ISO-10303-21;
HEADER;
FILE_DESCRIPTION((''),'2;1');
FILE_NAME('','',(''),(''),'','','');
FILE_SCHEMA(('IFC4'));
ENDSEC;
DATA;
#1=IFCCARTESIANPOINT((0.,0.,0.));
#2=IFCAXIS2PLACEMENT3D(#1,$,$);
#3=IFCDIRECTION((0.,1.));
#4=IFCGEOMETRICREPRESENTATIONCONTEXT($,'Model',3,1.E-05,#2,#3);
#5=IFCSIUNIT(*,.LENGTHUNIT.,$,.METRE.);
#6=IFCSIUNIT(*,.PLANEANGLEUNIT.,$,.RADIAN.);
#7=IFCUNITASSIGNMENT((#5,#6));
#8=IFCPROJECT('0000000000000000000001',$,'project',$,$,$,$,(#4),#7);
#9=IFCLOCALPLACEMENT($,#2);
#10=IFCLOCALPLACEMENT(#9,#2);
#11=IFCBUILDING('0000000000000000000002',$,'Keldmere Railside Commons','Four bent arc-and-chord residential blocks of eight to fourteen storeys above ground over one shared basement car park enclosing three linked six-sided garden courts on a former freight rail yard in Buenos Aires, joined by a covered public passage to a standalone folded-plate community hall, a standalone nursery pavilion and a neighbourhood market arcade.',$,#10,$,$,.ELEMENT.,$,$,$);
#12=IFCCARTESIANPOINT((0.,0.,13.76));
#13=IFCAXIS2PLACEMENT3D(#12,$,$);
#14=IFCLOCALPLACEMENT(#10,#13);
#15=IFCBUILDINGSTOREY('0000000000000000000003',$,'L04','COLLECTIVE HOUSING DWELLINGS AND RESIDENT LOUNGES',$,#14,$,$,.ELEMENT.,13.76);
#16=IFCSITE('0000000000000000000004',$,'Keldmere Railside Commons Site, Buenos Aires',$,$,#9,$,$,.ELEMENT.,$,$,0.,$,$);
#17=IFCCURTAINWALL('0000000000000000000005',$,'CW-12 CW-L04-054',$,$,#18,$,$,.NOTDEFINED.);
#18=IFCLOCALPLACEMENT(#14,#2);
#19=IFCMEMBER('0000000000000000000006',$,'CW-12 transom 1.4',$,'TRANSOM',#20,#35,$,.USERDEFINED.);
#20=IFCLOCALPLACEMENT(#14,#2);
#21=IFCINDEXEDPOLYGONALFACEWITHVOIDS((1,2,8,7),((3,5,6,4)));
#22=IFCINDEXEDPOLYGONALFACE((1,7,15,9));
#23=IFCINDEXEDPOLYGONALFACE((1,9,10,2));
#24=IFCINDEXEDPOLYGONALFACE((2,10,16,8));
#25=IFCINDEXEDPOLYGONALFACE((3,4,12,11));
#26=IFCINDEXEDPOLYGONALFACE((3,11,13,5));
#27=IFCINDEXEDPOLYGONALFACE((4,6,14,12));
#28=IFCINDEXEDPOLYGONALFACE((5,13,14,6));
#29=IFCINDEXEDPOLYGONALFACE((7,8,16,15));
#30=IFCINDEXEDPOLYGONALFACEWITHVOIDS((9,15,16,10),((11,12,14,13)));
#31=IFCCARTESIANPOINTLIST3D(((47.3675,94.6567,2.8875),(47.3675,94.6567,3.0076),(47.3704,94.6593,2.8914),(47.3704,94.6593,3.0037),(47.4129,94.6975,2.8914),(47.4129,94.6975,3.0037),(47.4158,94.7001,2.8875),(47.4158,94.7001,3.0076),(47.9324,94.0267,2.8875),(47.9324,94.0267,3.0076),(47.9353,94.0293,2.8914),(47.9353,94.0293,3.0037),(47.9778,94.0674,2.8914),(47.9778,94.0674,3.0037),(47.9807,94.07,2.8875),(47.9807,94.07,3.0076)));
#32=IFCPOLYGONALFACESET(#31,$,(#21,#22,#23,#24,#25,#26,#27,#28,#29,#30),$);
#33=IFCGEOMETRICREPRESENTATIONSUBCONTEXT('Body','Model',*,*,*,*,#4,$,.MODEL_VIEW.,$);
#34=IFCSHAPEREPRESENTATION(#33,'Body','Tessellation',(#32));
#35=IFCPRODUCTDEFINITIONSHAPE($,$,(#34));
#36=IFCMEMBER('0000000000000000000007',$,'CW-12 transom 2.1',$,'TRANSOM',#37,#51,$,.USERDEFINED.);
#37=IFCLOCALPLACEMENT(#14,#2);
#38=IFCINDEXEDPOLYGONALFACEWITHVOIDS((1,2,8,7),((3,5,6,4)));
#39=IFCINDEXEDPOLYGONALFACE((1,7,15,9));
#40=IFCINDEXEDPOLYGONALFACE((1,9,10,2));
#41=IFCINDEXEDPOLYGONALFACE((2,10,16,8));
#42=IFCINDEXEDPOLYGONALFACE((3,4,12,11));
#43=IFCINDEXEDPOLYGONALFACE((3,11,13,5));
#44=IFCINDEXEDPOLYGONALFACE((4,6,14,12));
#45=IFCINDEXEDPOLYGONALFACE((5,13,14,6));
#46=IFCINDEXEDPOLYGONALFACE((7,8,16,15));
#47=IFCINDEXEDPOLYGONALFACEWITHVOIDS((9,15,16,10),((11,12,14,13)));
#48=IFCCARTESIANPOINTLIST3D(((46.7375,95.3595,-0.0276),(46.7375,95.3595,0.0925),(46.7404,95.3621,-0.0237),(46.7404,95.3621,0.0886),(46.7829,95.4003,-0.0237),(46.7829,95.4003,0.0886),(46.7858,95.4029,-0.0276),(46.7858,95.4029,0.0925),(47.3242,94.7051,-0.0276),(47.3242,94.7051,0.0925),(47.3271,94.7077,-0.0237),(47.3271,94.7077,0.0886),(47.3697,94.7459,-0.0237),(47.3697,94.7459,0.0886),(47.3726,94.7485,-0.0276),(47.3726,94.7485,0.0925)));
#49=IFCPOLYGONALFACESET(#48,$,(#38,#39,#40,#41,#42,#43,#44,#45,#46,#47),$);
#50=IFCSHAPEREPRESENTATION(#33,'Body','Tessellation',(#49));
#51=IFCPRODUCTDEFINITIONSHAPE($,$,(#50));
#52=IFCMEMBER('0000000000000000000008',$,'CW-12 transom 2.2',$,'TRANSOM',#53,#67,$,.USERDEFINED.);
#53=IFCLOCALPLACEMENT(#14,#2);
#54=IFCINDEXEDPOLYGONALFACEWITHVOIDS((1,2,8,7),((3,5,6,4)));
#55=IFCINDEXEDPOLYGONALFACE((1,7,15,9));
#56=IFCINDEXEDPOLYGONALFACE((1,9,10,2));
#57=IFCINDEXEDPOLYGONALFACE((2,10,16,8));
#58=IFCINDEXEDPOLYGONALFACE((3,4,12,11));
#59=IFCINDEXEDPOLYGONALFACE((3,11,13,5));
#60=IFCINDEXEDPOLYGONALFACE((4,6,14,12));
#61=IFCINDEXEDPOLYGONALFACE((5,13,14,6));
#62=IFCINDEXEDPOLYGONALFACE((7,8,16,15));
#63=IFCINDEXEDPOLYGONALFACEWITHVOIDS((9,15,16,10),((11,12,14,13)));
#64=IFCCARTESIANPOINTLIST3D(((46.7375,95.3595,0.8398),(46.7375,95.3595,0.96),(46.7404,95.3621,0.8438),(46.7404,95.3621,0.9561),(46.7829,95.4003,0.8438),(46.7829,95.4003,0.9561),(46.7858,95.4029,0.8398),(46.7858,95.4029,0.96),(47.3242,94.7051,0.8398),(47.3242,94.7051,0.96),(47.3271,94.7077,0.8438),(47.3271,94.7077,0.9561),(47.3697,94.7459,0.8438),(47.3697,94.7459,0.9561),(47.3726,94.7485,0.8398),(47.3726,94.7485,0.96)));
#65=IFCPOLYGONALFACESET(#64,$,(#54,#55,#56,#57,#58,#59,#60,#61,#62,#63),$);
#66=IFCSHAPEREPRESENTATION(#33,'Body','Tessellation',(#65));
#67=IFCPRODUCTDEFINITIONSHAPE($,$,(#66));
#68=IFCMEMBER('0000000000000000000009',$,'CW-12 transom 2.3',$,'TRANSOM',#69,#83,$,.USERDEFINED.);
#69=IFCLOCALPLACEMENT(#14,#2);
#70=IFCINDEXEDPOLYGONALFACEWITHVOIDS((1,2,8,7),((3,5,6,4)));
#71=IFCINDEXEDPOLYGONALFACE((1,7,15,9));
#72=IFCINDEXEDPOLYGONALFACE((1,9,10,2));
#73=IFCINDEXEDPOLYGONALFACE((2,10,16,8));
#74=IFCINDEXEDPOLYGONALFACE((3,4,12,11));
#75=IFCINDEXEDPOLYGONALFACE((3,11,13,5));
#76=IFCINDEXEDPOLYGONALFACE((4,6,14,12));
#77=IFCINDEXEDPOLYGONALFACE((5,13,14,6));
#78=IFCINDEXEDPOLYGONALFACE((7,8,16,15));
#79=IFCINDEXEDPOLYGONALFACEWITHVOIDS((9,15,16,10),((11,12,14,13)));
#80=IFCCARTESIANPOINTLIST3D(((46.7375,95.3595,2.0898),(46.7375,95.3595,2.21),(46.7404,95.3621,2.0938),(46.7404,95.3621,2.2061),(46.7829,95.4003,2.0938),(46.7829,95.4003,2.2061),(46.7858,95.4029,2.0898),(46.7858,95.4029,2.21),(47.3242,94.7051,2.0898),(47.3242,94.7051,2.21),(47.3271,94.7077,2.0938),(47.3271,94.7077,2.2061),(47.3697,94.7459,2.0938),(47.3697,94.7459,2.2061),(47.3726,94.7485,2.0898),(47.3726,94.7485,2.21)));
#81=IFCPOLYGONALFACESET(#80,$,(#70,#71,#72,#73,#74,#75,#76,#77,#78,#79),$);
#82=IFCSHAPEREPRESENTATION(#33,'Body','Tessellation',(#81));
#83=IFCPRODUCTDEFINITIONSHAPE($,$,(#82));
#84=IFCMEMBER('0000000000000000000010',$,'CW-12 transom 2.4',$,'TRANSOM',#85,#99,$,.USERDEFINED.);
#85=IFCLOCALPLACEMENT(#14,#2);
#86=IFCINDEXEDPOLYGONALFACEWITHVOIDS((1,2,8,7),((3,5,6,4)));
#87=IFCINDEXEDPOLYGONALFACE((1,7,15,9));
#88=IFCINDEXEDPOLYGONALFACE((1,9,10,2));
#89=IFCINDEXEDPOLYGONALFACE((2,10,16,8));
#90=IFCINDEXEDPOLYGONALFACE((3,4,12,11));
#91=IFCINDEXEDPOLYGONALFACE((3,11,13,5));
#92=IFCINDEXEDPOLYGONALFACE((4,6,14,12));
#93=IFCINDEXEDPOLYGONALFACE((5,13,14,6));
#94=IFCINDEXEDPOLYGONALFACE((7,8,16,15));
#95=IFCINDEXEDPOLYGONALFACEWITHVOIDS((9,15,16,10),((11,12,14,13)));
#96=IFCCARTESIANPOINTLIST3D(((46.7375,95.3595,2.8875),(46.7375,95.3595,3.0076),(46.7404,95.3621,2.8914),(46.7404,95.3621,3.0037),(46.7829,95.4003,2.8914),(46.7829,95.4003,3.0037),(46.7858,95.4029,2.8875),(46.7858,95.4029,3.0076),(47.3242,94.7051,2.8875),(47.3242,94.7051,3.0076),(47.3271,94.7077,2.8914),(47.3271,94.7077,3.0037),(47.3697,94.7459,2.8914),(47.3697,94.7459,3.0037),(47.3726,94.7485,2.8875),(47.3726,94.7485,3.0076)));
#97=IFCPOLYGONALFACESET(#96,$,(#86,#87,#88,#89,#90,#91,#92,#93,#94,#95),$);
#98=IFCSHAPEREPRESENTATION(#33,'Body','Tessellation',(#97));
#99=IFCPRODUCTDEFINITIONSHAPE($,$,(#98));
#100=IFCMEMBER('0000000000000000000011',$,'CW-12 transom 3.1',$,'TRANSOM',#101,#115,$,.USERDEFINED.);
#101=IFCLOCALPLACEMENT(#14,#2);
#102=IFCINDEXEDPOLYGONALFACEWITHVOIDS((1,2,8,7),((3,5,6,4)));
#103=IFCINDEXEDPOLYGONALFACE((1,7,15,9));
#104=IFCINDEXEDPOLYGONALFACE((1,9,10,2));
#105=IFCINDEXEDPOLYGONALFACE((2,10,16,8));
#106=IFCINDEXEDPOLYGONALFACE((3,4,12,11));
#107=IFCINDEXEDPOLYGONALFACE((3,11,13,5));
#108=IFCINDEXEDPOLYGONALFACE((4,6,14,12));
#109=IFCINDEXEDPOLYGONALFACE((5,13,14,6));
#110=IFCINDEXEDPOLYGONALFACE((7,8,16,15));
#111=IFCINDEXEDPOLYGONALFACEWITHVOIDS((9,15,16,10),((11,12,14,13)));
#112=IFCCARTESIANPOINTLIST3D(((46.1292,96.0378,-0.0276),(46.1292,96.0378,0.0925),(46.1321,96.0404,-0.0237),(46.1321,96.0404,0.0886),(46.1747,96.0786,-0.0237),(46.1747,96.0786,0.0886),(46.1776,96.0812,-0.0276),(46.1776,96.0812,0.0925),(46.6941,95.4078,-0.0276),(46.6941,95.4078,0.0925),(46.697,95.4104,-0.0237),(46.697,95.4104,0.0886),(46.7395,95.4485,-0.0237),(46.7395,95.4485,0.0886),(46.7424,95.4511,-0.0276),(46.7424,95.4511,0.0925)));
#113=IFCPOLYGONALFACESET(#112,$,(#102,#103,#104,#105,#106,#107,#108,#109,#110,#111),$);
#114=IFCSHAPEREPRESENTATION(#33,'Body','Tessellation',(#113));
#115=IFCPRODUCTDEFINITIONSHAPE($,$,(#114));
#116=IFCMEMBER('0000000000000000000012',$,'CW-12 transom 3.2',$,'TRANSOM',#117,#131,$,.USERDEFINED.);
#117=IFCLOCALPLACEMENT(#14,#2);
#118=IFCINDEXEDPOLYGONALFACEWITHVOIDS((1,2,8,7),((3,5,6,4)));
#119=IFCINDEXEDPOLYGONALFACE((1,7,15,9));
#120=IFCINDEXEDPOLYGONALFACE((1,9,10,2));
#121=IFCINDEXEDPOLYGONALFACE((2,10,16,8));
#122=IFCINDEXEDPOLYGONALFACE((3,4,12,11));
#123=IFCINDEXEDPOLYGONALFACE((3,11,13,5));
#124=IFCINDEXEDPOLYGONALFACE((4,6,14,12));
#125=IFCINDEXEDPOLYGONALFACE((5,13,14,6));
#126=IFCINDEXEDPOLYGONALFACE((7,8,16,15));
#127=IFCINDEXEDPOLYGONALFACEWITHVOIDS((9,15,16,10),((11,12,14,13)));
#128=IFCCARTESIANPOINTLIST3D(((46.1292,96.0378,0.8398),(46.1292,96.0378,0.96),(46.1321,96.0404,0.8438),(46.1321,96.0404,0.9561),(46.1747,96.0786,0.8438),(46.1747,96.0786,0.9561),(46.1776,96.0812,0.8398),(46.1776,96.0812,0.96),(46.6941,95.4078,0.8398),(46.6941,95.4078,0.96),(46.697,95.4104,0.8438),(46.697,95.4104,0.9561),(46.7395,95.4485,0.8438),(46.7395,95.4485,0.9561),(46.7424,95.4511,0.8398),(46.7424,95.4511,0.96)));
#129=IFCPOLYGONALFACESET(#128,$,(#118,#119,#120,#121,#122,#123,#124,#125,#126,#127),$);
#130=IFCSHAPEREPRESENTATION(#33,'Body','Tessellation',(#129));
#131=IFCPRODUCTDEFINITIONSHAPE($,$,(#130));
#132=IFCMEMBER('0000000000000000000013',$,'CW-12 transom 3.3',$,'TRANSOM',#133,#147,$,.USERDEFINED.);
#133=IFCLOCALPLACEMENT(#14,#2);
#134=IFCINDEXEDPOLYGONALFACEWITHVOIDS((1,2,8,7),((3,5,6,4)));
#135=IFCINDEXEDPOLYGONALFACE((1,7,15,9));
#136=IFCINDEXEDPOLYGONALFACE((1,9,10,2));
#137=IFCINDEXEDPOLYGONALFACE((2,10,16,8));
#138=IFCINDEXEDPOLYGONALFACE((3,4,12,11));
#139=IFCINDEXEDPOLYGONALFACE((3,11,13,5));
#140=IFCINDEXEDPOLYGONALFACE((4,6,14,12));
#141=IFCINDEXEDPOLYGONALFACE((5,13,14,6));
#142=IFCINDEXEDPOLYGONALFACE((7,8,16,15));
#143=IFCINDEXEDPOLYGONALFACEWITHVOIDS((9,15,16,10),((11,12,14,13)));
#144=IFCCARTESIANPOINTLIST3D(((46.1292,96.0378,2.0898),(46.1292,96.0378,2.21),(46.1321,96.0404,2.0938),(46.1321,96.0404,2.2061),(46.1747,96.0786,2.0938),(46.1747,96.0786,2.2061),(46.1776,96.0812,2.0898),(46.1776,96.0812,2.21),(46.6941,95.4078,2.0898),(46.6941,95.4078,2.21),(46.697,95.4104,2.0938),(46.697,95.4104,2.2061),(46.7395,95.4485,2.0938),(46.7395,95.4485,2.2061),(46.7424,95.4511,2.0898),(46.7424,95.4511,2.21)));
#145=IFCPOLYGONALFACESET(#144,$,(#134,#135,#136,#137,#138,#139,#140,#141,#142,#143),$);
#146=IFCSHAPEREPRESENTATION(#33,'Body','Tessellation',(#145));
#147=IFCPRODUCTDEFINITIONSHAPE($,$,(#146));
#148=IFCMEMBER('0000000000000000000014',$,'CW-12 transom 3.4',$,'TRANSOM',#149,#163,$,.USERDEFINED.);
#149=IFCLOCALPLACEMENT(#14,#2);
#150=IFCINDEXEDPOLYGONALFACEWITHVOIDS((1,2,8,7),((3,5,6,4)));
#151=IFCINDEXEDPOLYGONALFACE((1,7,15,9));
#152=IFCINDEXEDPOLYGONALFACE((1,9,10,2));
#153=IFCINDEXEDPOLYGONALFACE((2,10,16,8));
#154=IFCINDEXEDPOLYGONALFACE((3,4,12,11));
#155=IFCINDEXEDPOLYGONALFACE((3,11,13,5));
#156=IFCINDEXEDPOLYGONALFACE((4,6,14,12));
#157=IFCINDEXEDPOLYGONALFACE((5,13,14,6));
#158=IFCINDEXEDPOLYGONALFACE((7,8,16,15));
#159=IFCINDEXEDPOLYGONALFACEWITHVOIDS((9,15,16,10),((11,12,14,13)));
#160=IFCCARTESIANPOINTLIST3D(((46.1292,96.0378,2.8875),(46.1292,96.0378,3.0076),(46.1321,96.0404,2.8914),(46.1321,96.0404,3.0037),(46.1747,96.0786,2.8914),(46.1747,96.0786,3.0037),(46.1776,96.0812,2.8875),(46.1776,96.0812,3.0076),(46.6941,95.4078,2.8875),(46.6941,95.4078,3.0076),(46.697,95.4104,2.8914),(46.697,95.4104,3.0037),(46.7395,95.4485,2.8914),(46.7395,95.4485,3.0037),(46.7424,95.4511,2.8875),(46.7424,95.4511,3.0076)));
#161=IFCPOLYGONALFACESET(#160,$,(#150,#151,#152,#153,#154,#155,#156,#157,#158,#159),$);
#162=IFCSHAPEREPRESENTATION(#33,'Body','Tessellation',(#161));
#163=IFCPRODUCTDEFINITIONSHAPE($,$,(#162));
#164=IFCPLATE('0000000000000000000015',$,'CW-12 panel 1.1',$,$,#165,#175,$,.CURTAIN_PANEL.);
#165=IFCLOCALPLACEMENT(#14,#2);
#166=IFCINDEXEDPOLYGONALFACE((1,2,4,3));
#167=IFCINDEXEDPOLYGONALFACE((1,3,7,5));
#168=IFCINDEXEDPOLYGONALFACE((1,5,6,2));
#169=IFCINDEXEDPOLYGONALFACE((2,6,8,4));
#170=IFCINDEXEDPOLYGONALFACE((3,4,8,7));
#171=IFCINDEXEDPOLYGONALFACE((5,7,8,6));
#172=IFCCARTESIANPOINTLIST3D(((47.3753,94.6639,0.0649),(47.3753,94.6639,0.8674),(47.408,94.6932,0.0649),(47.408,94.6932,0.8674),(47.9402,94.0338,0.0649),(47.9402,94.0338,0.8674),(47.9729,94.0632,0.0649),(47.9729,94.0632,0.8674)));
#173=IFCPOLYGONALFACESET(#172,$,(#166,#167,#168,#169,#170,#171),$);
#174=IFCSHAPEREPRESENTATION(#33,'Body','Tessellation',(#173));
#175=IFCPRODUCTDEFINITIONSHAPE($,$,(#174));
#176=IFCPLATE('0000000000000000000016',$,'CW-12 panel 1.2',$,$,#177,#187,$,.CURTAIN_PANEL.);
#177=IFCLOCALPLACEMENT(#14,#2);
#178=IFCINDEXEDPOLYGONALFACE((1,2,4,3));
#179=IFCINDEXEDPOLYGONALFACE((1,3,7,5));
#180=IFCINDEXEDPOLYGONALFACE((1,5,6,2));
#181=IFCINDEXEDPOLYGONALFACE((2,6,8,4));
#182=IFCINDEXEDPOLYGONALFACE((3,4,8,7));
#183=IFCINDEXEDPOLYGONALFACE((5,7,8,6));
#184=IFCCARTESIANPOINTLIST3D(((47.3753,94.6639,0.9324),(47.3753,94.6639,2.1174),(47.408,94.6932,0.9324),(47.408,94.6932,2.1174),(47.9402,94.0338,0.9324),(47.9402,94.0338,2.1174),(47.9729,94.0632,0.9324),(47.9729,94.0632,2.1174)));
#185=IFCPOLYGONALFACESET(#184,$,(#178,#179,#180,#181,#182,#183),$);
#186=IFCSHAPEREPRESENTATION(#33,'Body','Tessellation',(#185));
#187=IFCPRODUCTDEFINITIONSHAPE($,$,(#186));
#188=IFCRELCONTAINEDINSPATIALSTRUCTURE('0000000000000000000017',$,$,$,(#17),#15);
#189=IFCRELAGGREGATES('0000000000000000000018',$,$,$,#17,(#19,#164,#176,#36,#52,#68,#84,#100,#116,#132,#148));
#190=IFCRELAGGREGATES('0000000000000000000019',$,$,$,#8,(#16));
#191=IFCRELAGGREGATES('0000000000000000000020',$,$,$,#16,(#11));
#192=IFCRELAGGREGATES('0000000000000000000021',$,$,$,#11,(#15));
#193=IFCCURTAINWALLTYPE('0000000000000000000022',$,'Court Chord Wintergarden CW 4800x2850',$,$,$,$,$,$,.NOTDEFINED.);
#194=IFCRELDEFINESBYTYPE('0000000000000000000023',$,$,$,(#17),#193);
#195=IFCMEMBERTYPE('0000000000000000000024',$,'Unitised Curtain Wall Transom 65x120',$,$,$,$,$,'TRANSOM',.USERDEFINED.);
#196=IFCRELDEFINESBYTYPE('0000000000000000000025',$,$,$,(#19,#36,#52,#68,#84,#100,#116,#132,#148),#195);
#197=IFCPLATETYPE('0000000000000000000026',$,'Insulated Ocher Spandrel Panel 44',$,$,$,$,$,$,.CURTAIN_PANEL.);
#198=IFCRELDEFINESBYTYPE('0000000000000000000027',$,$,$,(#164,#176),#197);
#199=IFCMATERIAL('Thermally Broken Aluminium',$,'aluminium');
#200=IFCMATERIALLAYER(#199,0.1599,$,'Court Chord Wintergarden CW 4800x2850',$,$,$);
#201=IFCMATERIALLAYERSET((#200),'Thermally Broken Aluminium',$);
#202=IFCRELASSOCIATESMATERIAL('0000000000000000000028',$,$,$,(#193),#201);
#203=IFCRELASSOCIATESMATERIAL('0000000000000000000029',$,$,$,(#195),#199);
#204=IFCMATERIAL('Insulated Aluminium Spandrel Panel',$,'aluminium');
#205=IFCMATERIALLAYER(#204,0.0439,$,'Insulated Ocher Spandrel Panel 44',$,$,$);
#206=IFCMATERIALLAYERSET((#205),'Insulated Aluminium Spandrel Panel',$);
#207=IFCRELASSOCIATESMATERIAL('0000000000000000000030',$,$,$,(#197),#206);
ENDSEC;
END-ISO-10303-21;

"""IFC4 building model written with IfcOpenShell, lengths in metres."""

from ifc_helpers import new_model, si_unit, direction, frame, origin, origin_2d, place, context, subcontext, project, spatial, rectangle, hollow_rectangle, extrude, material, layer, layer_set, material_profile, profile_set, type_object, element, aggregate, save


model = new_model("IFC4")

# Units and contexts
model_context = context("Model", 3, precision=1e-05, world=origin(), true_north=direction((0.0, 1.0)))
body_context = subcontext(model_context, "Body", "Model", "MODEL_VIEW")
ifc_project = project(units=[si_unit("LENGTHUNIT", "METRE"), si_unit("PLANEANGLEUNIT", "RADIAN")], contexts=[model_context])

# Site, building, storey
site_placement = place(None, origin())
site = spatial("IfcSite", under=ifc_project, at=site_placement, Name="Keldmere Railside Commons Site, Buenos Aires", CompositionType="ELEMENT", RefElevation=0.0)
building_placement = place(site_placement, origin())
building = spatial("IfcBuilding", under=site, at=building_placement, Name="Keldmere Railside Commons", Description="Four bent arc-and-chord residential blocks of eight to fourteen storeys above ground over one shared basement car park enclosing three linked six-sided garden courts on a former freight rail yard in Buenos Aires, joined by a covered public passage to a standalone folded-plate community hall, a standalone nursery pavilion and a neighbourhood market arcade.", CompositionType="ELEMENT")
storey_placement = place(building_placement, frame((0.0, 0.0, 13.76)))
storey = spatial("IfcBuildingStorey", under=building, at=storey_placement, Name="L04", Description="COLLECTIVE HOUSING DWELLINGS AND RESIDENT LOUNGES", CompositionType="ELEMENT", Elevation=13.76)

# Curtain wall, members, plates
ifc_material_1 = material(Name="Thermally Broken Aluminium", Category="aluminium")
ifc_layer_1 = layer(ifc_material_1, 0.1599, Name="Court Chord Wintergarden CW 4800x2850")
ifc_layer_set_1 = layer_set([ifc_layer_1], Name="Thermally Broken Aluminium")
curtain_wall_type = type_object("IfcCurtainWallType", Name="Court Chord Wintergarden CW 4800x2850", PredefinedType="NOTDEFINED", material=ifc_layer_set_1)
curtain_wall_placement = place(storey_placement, origin())
curtain_wall = element("IfcCurtainWall", 1, at=curtain_wall_placement, inside=storey, type_object=curtain_wall_type, Name="CW-12 CW-L04-054", PredefinedType="NOTDEFINED")
ifc_material_profile_1 = material_profile(ifc_material_1, hollow_rectangle(XDim=0.0649, YDim=0.1201, WallThickness=0.0039, at=origin_2d()), Name="ALU-TRAN-65x120")
ifc_profile_set_1 = profile_set([ifc_material_profile_1], Name="Thermally Broken Aluminium")
member_type_1 = type_object("IfcMemberType", Name="Unitised Curtain Wall Transom 65x120", ElementType="TRANSOM", PredefinedType="USERDEFINED", material=ifc_profile_set_1)
member_1_placement = place(storey_placement, frame((47.9565, 94.0483, 2.9475), z_axis=(-0.667545, 0.744569, 0.0), x_axis=(-0.744569, -0.667545, 0.0)))
member_1 = element("IfcMember", 2, at=member_1_placement, type_object=member_type_1, Name="CW-12 transom 1.4", ObjectType="TRANSOM", PredefinedType="USERDEFINED", context=body_context, shape_type="SweptSolid", body=[
    extrude(hollow_rectangle(XDim=0.0649, YDim=0.1201, WallThickness=0.0039, at=origin_2d()), origin(), (0.0, 0.0, 1.0), 0.8462),
])
member_2_placement = place(storey_placement, frame((47.3484, 94.7268, 0.0325), z_axis=(-0.667582, 0.744536, 0.0), x_axis=(-0.744536, -0.667582, 0.0)))
member_2 = element("IfcMember", 3, at=member_2_placement, type_object=member_type_1, Name="CW-12 transom 2.1", ObjectType="TRANSOM", PredefinedType="USERDEFINED", context=body_context, shape_type="SweptSolid", body=[
    extrude(hollow_rectangle(XDim=0.0649, YDim=0.1201, WallThickness=0.0039, at=origin_2d()), origin(), (0.0, 0.0, 1.0), 0.8789),
])
member_3_placement = place(storey_placement, frame((47.3484, 94.7268, 0.8999), z_axis=(-0.667582, 0.744536, 0.0), x_axis=(-0.744536, -0.667582, 0.0)))
member_3 = element("IfcMember", 4, at=member_3_placement, type_object=member_type_1, Name="CW-12 transom 2.2", ObjectType="TRANSOM", PredefinedType="USERDEFINED", context=body_context, shape_type="SweptSolid", body=[
    extrude(hollow_rectangle(XDim=0.0649, YDim=0.1201, WallThickness=0.0039, at=origin_2d()), origin(), (0.0, 0.0, 1.0), 0.8789),
])
member_4_placement = place(storey_placement, frame((47.3484, 94.7268, 2.1499), z_axis=(-0.667582, 0.744536, 0.0), x_axis=(-0.744536, -0.667582, 0.0)))
member_4 = element("IfcMember", 5, at=member_4_placement, type_object=member_type_1, Name="CW-12 transom 2.3", ObjectType="TRANSOM", PredefinedType="USERDEFINED", context=body_context, shape_type="SweptSolid", body=[
    extrude(hollow_rectangle(XDim=0.0649, YDim=0.1201, WallThickness=0.0039, at=origin_2d()), origin(), (0.0, 0.0, 1.0), 0.8789),
])
member_5_placement = place(storey_placement, frame((47.3484, 94.7268, 2.9475), z_axis=(-0.667582, 0.744536, 0.0), x_axis=(-0.744536, -0.667582, 0.0)))
member_5 = element("IfcMember", 6, at=member_5_placement, type_object=member_type_1, Name="CW-12 transom 2.4", ObjectType="TRANSOM", PredefinedType="USERDEFINED", context=body_context, shape_type="SweptSolid", body=[
    extrude(hollow_rectangle(XDim=0.0649, YDim=0.1201, WallThickness=0.0039, at=origin_2d()), origin(), (0.0, 0.0, 1.0), 0.8789),
])
member_6_placement = place(storey_placement, frame((46.7183, 95.4294, 0.0325), z_axis=(-0.667545, 0.744569, 0.0), x_axis=(-0.744569, -0.667545, 0.0)))
member_6 = element("IfcMember", 7, at=member_6_placement, type_object=member_type_1, Name="CW-12 transom 3.1", ObjectType="TRANSOM", PredefinedType="USERDEFINED", context=body_context, shape_type="SweptSolid", body=[
    extrude(hollow_rectangle(XDim=0.0649, YDim=0.1201, WallThickness=0.0039, at=origin_2d()), origin(), (0.0, 0.0, 1.0), 0.8462),
])
member_7_placement = place(storey_placement, frame((46.7183, 95.4294, 0.8999), z_axis=(-0.667545, 0.744569, 0.0), x_axis=(-0.744569, -0.667545, 0.0)))
member_7 = element("IfcMember", 8, at=member_7_placement, type_object=member_type_1, Name="CW-12 transom 3.2", ObjectType="TRANSOM", PredefinedType="USERDEFINED", context=body_context, shape_type="SweptSolid", body=[
    extrude(hollow_rectangle(XDim=0.0649, YDim=0.1201, WallThickness=0.0039, at=origin_2d()), origin(), (0.0, 0.0, 1.0), 0.8462),
])
member_8_placement = place(storey_placement, frame((46.7183, 95.4294, 2.1499), z_axis=(-0.667545, 0.744569, 0.0), x_axis=(-0.744569, -0.667545, 0.0)))
member_8 = element("IfcMember", 9, at=member_8_placement, type_object=member_type_1, Name="CW-12 transom 3.3", ObjectType="TRANSOM", PredefinedType="USERDEFINED", context=body_context, shape_type="SweptSolid", body=[
    extrude(hollow_rectangle(XDim=0.0649, YDim=0.1201, WallThickness=0.0039, at=origin_2d()), origin(), (0.0, 0.0, 1.0), 0.8462),
])
member_9_placement = place(storey_placement, frame((46.7183, 95.4294, 2.9475), z_axis=(-0.667545, 0.744569, 0.0), x_axis=(-0.744569, -0.667545, 0.0)))
member_9 = element("IfcMember", 10, at=member_9_placement, type_object=member_type_1, Name="CW-12 transom 3.4", ObjectType="TRANSOM", PredefinedType="USERDEFINED", context=body_context, shape_type="SweptSolid", body=[
    extrude(hollow_rectangle(XDim=0.0649, YDim=0.1201, WallThickness=0.0039, at=origin_2d()), origin(), (0.0, 0.0, 1.0), 0.8462),
])
ifc_material_2 = material(Name="Insulated Aluminium Spandrel Panel", Category="aluminium")
ifc_layer_2 = layer(ifc_material_2, 0.0439, Name="Insulated Ocher Spandrel Panel 44")
ifc_layer_set_2 = layer_set([ifc_layer_2], Name="Insulated Aluminium Spandrel Panel")
plate_type = type_object("IfcPlateType", Name="Insulated Ocher Spandrel Panel 44", PredefinedType="CURTAIN_PANEL", material=ifc_layer_set_2)
plate_1_placement = place(storey_placement, frame((47.6741, 94.3635, 0.0649), z_axis=(0.0, 0.0, 1.0), x_axis=(-0.667559, 0.744557, 0.0)))
plate_1 = element("IfcPlate", 11, at=plate_1_placement, type_object=plate_type, Name="CW-12 panel 1.1", PredefinedType="CURTAIN_PANEL", context=body_context, shape_type="SweptSolid", body=[
    extrude(rectangle(XDim=0.8462, YDim=0.0439, at=origin_2d()), origin(), (0.0, 0.0, 1.0), 0.8025),
])
plate_2_placement = place(storey_placement, frame((47.6741, 94.3635, 0.9324), z_axis=(0.0, 0.0, 1.0), x_axis=(-0.667559, 0.744557, 0.0)))
plate_2 = element("IfcPlate", 12, at=plate_2_placement, type_object=plate_type, Name="CW-12 panel 1.2", PredefinedType="CURTAIN_PANEL", context=body_context, shape_type="SweptSolid", body=[
    extrude(rectangle(XDim=0.8462, YDim=0.0439, at=origin_2d()), origin(), (0.0, 0.0, 1.0), 1.1851),
])
aggregate(curtain_wall, [member_1, plate_1, plate_2, member_2, member_3, member_4, member_5, member_6, member_7, member_8, member_9])

save(model, "model.ifc")
